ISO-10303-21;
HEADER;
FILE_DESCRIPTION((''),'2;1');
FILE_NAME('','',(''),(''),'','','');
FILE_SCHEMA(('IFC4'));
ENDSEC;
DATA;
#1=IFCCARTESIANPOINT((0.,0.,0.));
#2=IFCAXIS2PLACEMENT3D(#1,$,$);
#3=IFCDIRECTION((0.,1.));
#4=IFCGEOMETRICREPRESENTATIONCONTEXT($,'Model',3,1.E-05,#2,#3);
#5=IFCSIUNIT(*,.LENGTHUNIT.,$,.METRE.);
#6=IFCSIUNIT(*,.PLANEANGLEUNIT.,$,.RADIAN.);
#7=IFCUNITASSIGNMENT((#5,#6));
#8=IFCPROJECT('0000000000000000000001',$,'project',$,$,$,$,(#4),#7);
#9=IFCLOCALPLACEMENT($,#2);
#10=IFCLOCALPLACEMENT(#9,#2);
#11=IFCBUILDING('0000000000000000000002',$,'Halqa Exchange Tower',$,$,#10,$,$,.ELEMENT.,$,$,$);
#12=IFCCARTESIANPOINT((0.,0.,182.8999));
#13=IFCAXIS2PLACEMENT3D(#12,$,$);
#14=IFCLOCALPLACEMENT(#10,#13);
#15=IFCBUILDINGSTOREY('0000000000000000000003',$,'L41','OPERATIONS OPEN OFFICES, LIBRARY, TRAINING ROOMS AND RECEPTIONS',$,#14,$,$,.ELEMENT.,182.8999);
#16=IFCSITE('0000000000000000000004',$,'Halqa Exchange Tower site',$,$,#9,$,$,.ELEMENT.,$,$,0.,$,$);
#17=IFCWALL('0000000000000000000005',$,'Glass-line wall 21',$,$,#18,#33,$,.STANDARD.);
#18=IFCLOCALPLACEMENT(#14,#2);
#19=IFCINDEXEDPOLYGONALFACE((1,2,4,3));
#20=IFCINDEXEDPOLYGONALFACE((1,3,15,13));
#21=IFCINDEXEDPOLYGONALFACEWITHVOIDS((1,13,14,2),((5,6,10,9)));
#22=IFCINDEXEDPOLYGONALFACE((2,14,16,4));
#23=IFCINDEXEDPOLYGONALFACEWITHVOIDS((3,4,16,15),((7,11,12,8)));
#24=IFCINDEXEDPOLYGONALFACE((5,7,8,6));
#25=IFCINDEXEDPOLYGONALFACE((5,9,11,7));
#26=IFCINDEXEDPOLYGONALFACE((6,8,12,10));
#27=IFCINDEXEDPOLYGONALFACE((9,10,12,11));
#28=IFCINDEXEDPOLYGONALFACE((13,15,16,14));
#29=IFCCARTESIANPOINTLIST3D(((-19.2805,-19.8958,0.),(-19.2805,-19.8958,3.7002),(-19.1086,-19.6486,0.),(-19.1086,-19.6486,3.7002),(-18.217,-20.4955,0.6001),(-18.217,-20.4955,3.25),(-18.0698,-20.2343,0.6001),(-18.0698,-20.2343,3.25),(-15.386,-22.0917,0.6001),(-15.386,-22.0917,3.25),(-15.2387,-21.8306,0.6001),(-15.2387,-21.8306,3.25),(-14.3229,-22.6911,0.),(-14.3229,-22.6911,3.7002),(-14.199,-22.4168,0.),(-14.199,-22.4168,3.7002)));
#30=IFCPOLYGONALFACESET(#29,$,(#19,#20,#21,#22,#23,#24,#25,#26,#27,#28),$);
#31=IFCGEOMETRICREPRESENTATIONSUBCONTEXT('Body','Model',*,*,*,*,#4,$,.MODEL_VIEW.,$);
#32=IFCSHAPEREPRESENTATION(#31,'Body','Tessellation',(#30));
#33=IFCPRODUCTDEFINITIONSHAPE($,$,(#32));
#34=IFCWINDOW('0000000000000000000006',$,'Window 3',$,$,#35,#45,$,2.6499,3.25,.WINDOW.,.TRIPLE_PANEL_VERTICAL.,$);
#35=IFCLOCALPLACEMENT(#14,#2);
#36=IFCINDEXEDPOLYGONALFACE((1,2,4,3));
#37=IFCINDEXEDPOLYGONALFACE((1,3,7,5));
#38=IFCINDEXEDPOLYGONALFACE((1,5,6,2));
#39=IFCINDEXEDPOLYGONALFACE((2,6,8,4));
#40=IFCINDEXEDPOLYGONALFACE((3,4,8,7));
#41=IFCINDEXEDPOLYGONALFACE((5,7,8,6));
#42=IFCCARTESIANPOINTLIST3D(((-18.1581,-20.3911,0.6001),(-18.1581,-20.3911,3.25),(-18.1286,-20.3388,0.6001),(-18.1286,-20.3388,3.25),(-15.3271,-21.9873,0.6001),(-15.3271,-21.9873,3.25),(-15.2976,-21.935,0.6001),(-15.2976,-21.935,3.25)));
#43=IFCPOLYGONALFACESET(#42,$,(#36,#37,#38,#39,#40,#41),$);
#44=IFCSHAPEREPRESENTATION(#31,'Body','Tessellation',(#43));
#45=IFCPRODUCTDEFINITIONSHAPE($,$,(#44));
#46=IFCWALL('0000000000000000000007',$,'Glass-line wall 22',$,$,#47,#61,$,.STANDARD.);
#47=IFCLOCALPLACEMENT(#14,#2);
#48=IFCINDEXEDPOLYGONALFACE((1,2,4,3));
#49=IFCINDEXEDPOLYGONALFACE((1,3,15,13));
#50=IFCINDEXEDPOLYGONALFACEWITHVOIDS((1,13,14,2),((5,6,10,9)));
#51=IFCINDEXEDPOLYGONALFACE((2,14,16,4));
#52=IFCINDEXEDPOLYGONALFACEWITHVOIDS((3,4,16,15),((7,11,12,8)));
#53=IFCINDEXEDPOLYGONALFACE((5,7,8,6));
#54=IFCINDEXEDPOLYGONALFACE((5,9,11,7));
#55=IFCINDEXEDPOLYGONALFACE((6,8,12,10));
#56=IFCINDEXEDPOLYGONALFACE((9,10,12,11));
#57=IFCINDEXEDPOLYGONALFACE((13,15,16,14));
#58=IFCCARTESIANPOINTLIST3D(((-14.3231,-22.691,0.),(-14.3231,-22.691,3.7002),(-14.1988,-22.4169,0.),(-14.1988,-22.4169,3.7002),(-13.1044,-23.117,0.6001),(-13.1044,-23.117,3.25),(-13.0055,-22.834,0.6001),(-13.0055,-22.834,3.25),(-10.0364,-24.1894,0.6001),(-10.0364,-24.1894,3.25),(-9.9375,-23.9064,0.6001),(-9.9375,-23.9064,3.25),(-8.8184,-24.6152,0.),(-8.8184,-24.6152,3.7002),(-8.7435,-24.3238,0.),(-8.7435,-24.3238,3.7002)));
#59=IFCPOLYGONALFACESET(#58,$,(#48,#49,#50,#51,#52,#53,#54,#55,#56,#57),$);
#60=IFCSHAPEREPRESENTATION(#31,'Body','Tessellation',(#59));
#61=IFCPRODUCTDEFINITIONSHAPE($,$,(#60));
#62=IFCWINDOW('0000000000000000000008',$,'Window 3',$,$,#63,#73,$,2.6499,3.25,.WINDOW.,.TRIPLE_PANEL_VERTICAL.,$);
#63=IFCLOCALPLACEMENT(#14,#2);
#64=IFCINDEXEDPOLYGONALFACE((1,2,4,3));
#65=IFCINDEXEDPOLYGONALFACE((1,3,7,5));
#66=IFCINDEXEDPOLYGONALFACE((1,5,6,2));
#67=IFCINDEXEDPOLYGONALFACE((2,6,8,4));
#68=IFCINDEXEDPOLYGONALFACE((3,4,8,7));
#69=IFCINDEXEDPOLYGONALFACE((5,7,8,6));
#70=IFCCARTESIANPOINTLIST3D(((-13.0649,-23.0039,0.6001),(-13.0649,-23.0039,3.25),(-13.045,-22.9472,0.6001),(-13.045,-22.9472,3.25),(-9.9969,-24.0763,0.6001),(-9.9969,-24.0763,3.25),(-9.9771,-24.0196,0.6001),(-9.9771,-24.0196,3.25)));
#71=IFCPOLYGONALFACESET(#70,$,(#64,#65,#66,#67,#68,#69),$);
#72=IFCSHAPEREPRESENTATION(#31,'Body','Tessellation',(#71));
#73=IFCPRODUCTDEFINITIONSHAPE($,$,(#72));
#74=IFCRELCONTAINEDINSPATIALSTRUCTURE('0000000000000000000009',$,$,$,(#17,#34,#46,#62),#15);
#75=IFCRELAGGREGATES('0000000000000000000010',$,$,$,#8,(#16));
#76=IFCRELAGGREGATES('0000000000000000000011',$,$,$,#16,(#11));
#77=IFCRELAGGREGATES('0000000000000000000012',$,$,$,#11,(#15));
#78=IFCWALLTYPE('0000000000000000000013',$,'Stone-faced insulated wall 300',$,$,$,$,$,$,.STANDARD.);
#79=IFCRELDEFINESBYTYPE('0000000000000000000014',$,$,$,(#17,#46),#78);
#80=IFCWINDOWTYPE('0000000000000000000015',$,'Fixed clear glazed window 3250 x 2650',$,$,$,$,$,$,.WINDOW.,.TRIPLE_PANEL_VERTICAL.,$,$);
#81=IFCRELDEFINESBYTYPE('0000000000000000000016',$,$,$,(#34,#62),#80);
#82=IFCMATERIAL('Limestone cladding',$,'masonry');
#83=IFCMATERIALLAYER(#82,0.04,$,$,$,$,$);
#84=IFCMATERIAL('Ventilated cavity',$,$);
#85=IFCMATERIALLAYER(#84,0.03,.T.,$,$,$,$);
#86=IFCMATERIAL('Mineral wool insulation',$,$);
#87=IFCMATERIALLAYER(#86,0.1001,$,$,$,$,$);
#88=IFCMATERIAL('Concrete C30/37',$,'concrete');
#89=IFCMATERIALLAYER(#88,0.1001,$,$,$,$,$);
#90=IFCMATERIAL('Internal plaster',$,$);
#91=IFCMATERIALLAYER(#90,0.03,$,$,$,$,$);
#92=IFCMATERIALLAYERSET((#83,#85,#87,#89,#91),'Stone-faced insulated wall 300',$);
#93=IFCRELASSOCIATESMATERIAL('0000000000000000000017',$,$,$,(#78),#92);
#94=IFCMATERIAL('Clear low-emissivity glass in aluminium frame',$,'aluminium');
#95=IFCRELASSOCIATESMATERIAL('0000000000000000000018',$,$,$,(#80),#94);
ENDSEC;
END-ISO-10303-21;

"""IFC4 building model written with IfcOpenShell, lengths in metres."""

from ifc_helpers import new_model, si_unit, direction, frame, frame_2d, origin, place, context, subcontext, project, spatial, polyline, rectangle, outline, extrude, material, layer, layer_set, type_object, element, fill, save


model = new_model("IFC4")

# Units and contexts
model_context = context("Model", 3, precision=1e-05, world=origin(), true_north=direction((0.0, 1.0)))
body_context = subcontext(model_context, "Body", "Model", "MODEL_VIEW")
ifc_project = project(units=[si_unit("LENGTHUNIT", "METRE"), si_unit("PLANEANGLEUNIT", "RADIAN")], contexts=[model_context])

# Site, building, storey
site_placement = place(None, origin())
site = spatial("IfcSite", under=ifc_project, at=site_placement, Name="Halqa Exchange Tower site", CompositionType="ELEMENT", RefElevation=0.0)
building_placement = place(site_placement, origin())
building = spatial("IfcBuilding", under=site, at=building_placement, Name="Halqa Exchange Tower", CompositionType="ELEMENT")
storey_placement = place(building_placement, frame((0.0, 0.0, 182.8999)))
storey = spatial("IfcBuildingStorey", under=building, at=storey_placement, Name="L41", Description="OPERATIONS OPEN OFFICES, LIBRARY, TRAINING ROOMS AND RECEPTIONS", CompositionType="ELEMENT", Elevation=182.8999)

# Shared definitions
ifc_material_1 = material(Name="Limestone cladding", Category="masonry")
ifc_layer_1 = layer(ifc_material_1, 0.04)
ifc_material_2 = material(Name="Ventilated cavity")
ifc_layer_2 = layer(ifc_material_2, 0.03, ventilated=True)
ifc_material_3 = material(Name="Mineral wool insulation")
ifc_layer_3 = layer(ifc_material_3, 0.1001)
ifc_material_4 = material(Name="Concrete C30/37", Category="concrete")
ifc_layer_4 = layer(ifc_material_4, 0.1001)
ifc_material_5 = material(Name="Internal plaster")
ifc_layer_5 = layer(ifc_material_5, 0.03)
ifc_layer_set_1 = layer_set([ifc_layer_1, ifc_layer_2, ifc_layer_3, ifc_layer_4, ifc_layer_5], Name="Stone-faced insulated wall 300")
wall_type_1 = type_object("IfcWallType", Name="Stone-faced insulated wall 300", PredefinedType="STANDARD", material=ifc_layer_set_1)
ifc_material_6 = material(Name="Clear low-emissivity glass in aluminium frame", Category="aluminium")

# Walls, openings, windows
wall_1_placement = place(storey_placement, frame((-19.1946, -19.7722, 0.0), z_axis=(0.0, 0.0, 1.0), x_axis=(0.871078, -0.491145, 0.0)))
wall_1 = element("IfcWall", 1, at=wall_1_placement, inside=storey, type_object=wall_type_1, Name="Glass-line wall 21", PredefinedType="STANDARD", context=body_context, shape_type="SweptSolid", body=[
    extrude(outline(polyline([(-0.0142, -0.1499), (5.6772, -0.1499), (5.6504, 0.1499), (0.0142, 0.1499), (-0.0142, -0.1499)])), origin(), (0.0, 0.0, 1.0), 3.7002),
])
opening_1_placement = place(wall_1_placement, frame((1.2068, 0.0, 0.6001)))
opening_1 = element("IfcOpeningElement", 2, at=opening_1_placement, cuts=wall_1, PredefinedType="OPENING", context=body_context, shape_type="SweptSolid", body=[
    extrude(rectangle(XDim=3.25, YDim=2.6499, at=frame_2d((1.625, 1.325))), frame((0.0, 0.1621, 0.0), z_axis=(0.0, -1.0, 0.0), x_axis=(1.0, 0.0, 0.0)), (0.0, 0.0, 1.0), 0.324),
])
window_type = type_object("IfcWindowType", Name="Fixed clear glazed window 3250 x 2650", PartitioningType="TRIPLE_PANEL_VERTICAL", PredefinedType="WINDOW", material=ifc_material_6)
window_1_placement = place(opening_1_placement, origin())
window_1 = element("IfcWindow", 3, at=window_1_placement, inside=storey, type_object=window_type, Name="Window 3", OverallHeight=2.6499, OverallWidth=3.25, PartitioningType="TRIPLE_PANEL_VERTICAL", PredefinedType="WINDOW", context=body_context, shape_type="SweptSolid", body=[
    extrude(rectangle(XDim=3.25, YDim=2.6499, at=frame_2d((1.625, 1.325))), frame((0.0, 0.03, 0.0), z_axis=(0.0, -1.0, 0.0), x_axis=(1.0, 0.0, 0.0)), (0.0, 0.0, 1.0), 0.0601),
])
fill(opening_1, window_1)
wall_2_placement = place(storey_placement, frame((-14.261, -22.554, 0.0), z_axis=(0.0, 0.0, 1.0), x_axis=(0.943991, -0.329972, 0.0)))
wall_2 = element("IfcWall", 4, at=wall_2_placement, inside=storey, type_object=wall_type_1, Name="Glass-line wall 22", PredefinedType="STANDARD", context=body_context, shape_type="SweptSolid", body=[
    extrude(outline(polyline([(-0.0134, -0.1499), (5.8179, -0.1499), (5.7925, 0.1499), (0.0134, 0.1499), (-0.0134, -0.1499)])), origin(), (0.0, 0.0, 1.0), 3.7002),
])
opening_2_placement = place(wall_2_placement, frame((1.2776, 0.0, 0.6001)))
opening_2 = element("IfcOpeningElement", 5, at=opening_2_placement, cuts=wall_2, PredefinedType="OPENING", context=body_context, shape_type="SweptSolid", body=[
    extrude(rectangle(XDim=3.25, YDim=2.6499, at=frame_2d((1.625, 1.325))), frame((0.0, 0.1621, 0.0), z_axis=(0.0, -1.0, 0.0), x_axis=(1.0, 0.0, 0.0)), (0.0, 0.0, 1.0), 0.324),
])
window_2_placement = place(opening_2_placement, origin())
window_2 = element("IfcWindow", 6, at=window_2_placement, inside=storey, type_object=window_type, Name="Window 3", OverallHeight=2.6499, OverallWidth=3.25, PartitioningType="TRIPLE_PANEL_VERTICAL", PredefinedType="WINDOW", context=body_context, shape_type="SweptSolid", body=[
    extrude(rectangle(XDim=3.25, YDim=2.6499, at=frame_2d((1.625, 1.325))), frame((0.0, 0.03, 0.0), z_axis=(0.0, -1.0, 0.0), x_axis=(1.0, 0.0, 0.0)), (0.0, 0.0, 1.0), 0.0601),
])
fill(opening_2, window_2)

save(model, "model.ifc")
